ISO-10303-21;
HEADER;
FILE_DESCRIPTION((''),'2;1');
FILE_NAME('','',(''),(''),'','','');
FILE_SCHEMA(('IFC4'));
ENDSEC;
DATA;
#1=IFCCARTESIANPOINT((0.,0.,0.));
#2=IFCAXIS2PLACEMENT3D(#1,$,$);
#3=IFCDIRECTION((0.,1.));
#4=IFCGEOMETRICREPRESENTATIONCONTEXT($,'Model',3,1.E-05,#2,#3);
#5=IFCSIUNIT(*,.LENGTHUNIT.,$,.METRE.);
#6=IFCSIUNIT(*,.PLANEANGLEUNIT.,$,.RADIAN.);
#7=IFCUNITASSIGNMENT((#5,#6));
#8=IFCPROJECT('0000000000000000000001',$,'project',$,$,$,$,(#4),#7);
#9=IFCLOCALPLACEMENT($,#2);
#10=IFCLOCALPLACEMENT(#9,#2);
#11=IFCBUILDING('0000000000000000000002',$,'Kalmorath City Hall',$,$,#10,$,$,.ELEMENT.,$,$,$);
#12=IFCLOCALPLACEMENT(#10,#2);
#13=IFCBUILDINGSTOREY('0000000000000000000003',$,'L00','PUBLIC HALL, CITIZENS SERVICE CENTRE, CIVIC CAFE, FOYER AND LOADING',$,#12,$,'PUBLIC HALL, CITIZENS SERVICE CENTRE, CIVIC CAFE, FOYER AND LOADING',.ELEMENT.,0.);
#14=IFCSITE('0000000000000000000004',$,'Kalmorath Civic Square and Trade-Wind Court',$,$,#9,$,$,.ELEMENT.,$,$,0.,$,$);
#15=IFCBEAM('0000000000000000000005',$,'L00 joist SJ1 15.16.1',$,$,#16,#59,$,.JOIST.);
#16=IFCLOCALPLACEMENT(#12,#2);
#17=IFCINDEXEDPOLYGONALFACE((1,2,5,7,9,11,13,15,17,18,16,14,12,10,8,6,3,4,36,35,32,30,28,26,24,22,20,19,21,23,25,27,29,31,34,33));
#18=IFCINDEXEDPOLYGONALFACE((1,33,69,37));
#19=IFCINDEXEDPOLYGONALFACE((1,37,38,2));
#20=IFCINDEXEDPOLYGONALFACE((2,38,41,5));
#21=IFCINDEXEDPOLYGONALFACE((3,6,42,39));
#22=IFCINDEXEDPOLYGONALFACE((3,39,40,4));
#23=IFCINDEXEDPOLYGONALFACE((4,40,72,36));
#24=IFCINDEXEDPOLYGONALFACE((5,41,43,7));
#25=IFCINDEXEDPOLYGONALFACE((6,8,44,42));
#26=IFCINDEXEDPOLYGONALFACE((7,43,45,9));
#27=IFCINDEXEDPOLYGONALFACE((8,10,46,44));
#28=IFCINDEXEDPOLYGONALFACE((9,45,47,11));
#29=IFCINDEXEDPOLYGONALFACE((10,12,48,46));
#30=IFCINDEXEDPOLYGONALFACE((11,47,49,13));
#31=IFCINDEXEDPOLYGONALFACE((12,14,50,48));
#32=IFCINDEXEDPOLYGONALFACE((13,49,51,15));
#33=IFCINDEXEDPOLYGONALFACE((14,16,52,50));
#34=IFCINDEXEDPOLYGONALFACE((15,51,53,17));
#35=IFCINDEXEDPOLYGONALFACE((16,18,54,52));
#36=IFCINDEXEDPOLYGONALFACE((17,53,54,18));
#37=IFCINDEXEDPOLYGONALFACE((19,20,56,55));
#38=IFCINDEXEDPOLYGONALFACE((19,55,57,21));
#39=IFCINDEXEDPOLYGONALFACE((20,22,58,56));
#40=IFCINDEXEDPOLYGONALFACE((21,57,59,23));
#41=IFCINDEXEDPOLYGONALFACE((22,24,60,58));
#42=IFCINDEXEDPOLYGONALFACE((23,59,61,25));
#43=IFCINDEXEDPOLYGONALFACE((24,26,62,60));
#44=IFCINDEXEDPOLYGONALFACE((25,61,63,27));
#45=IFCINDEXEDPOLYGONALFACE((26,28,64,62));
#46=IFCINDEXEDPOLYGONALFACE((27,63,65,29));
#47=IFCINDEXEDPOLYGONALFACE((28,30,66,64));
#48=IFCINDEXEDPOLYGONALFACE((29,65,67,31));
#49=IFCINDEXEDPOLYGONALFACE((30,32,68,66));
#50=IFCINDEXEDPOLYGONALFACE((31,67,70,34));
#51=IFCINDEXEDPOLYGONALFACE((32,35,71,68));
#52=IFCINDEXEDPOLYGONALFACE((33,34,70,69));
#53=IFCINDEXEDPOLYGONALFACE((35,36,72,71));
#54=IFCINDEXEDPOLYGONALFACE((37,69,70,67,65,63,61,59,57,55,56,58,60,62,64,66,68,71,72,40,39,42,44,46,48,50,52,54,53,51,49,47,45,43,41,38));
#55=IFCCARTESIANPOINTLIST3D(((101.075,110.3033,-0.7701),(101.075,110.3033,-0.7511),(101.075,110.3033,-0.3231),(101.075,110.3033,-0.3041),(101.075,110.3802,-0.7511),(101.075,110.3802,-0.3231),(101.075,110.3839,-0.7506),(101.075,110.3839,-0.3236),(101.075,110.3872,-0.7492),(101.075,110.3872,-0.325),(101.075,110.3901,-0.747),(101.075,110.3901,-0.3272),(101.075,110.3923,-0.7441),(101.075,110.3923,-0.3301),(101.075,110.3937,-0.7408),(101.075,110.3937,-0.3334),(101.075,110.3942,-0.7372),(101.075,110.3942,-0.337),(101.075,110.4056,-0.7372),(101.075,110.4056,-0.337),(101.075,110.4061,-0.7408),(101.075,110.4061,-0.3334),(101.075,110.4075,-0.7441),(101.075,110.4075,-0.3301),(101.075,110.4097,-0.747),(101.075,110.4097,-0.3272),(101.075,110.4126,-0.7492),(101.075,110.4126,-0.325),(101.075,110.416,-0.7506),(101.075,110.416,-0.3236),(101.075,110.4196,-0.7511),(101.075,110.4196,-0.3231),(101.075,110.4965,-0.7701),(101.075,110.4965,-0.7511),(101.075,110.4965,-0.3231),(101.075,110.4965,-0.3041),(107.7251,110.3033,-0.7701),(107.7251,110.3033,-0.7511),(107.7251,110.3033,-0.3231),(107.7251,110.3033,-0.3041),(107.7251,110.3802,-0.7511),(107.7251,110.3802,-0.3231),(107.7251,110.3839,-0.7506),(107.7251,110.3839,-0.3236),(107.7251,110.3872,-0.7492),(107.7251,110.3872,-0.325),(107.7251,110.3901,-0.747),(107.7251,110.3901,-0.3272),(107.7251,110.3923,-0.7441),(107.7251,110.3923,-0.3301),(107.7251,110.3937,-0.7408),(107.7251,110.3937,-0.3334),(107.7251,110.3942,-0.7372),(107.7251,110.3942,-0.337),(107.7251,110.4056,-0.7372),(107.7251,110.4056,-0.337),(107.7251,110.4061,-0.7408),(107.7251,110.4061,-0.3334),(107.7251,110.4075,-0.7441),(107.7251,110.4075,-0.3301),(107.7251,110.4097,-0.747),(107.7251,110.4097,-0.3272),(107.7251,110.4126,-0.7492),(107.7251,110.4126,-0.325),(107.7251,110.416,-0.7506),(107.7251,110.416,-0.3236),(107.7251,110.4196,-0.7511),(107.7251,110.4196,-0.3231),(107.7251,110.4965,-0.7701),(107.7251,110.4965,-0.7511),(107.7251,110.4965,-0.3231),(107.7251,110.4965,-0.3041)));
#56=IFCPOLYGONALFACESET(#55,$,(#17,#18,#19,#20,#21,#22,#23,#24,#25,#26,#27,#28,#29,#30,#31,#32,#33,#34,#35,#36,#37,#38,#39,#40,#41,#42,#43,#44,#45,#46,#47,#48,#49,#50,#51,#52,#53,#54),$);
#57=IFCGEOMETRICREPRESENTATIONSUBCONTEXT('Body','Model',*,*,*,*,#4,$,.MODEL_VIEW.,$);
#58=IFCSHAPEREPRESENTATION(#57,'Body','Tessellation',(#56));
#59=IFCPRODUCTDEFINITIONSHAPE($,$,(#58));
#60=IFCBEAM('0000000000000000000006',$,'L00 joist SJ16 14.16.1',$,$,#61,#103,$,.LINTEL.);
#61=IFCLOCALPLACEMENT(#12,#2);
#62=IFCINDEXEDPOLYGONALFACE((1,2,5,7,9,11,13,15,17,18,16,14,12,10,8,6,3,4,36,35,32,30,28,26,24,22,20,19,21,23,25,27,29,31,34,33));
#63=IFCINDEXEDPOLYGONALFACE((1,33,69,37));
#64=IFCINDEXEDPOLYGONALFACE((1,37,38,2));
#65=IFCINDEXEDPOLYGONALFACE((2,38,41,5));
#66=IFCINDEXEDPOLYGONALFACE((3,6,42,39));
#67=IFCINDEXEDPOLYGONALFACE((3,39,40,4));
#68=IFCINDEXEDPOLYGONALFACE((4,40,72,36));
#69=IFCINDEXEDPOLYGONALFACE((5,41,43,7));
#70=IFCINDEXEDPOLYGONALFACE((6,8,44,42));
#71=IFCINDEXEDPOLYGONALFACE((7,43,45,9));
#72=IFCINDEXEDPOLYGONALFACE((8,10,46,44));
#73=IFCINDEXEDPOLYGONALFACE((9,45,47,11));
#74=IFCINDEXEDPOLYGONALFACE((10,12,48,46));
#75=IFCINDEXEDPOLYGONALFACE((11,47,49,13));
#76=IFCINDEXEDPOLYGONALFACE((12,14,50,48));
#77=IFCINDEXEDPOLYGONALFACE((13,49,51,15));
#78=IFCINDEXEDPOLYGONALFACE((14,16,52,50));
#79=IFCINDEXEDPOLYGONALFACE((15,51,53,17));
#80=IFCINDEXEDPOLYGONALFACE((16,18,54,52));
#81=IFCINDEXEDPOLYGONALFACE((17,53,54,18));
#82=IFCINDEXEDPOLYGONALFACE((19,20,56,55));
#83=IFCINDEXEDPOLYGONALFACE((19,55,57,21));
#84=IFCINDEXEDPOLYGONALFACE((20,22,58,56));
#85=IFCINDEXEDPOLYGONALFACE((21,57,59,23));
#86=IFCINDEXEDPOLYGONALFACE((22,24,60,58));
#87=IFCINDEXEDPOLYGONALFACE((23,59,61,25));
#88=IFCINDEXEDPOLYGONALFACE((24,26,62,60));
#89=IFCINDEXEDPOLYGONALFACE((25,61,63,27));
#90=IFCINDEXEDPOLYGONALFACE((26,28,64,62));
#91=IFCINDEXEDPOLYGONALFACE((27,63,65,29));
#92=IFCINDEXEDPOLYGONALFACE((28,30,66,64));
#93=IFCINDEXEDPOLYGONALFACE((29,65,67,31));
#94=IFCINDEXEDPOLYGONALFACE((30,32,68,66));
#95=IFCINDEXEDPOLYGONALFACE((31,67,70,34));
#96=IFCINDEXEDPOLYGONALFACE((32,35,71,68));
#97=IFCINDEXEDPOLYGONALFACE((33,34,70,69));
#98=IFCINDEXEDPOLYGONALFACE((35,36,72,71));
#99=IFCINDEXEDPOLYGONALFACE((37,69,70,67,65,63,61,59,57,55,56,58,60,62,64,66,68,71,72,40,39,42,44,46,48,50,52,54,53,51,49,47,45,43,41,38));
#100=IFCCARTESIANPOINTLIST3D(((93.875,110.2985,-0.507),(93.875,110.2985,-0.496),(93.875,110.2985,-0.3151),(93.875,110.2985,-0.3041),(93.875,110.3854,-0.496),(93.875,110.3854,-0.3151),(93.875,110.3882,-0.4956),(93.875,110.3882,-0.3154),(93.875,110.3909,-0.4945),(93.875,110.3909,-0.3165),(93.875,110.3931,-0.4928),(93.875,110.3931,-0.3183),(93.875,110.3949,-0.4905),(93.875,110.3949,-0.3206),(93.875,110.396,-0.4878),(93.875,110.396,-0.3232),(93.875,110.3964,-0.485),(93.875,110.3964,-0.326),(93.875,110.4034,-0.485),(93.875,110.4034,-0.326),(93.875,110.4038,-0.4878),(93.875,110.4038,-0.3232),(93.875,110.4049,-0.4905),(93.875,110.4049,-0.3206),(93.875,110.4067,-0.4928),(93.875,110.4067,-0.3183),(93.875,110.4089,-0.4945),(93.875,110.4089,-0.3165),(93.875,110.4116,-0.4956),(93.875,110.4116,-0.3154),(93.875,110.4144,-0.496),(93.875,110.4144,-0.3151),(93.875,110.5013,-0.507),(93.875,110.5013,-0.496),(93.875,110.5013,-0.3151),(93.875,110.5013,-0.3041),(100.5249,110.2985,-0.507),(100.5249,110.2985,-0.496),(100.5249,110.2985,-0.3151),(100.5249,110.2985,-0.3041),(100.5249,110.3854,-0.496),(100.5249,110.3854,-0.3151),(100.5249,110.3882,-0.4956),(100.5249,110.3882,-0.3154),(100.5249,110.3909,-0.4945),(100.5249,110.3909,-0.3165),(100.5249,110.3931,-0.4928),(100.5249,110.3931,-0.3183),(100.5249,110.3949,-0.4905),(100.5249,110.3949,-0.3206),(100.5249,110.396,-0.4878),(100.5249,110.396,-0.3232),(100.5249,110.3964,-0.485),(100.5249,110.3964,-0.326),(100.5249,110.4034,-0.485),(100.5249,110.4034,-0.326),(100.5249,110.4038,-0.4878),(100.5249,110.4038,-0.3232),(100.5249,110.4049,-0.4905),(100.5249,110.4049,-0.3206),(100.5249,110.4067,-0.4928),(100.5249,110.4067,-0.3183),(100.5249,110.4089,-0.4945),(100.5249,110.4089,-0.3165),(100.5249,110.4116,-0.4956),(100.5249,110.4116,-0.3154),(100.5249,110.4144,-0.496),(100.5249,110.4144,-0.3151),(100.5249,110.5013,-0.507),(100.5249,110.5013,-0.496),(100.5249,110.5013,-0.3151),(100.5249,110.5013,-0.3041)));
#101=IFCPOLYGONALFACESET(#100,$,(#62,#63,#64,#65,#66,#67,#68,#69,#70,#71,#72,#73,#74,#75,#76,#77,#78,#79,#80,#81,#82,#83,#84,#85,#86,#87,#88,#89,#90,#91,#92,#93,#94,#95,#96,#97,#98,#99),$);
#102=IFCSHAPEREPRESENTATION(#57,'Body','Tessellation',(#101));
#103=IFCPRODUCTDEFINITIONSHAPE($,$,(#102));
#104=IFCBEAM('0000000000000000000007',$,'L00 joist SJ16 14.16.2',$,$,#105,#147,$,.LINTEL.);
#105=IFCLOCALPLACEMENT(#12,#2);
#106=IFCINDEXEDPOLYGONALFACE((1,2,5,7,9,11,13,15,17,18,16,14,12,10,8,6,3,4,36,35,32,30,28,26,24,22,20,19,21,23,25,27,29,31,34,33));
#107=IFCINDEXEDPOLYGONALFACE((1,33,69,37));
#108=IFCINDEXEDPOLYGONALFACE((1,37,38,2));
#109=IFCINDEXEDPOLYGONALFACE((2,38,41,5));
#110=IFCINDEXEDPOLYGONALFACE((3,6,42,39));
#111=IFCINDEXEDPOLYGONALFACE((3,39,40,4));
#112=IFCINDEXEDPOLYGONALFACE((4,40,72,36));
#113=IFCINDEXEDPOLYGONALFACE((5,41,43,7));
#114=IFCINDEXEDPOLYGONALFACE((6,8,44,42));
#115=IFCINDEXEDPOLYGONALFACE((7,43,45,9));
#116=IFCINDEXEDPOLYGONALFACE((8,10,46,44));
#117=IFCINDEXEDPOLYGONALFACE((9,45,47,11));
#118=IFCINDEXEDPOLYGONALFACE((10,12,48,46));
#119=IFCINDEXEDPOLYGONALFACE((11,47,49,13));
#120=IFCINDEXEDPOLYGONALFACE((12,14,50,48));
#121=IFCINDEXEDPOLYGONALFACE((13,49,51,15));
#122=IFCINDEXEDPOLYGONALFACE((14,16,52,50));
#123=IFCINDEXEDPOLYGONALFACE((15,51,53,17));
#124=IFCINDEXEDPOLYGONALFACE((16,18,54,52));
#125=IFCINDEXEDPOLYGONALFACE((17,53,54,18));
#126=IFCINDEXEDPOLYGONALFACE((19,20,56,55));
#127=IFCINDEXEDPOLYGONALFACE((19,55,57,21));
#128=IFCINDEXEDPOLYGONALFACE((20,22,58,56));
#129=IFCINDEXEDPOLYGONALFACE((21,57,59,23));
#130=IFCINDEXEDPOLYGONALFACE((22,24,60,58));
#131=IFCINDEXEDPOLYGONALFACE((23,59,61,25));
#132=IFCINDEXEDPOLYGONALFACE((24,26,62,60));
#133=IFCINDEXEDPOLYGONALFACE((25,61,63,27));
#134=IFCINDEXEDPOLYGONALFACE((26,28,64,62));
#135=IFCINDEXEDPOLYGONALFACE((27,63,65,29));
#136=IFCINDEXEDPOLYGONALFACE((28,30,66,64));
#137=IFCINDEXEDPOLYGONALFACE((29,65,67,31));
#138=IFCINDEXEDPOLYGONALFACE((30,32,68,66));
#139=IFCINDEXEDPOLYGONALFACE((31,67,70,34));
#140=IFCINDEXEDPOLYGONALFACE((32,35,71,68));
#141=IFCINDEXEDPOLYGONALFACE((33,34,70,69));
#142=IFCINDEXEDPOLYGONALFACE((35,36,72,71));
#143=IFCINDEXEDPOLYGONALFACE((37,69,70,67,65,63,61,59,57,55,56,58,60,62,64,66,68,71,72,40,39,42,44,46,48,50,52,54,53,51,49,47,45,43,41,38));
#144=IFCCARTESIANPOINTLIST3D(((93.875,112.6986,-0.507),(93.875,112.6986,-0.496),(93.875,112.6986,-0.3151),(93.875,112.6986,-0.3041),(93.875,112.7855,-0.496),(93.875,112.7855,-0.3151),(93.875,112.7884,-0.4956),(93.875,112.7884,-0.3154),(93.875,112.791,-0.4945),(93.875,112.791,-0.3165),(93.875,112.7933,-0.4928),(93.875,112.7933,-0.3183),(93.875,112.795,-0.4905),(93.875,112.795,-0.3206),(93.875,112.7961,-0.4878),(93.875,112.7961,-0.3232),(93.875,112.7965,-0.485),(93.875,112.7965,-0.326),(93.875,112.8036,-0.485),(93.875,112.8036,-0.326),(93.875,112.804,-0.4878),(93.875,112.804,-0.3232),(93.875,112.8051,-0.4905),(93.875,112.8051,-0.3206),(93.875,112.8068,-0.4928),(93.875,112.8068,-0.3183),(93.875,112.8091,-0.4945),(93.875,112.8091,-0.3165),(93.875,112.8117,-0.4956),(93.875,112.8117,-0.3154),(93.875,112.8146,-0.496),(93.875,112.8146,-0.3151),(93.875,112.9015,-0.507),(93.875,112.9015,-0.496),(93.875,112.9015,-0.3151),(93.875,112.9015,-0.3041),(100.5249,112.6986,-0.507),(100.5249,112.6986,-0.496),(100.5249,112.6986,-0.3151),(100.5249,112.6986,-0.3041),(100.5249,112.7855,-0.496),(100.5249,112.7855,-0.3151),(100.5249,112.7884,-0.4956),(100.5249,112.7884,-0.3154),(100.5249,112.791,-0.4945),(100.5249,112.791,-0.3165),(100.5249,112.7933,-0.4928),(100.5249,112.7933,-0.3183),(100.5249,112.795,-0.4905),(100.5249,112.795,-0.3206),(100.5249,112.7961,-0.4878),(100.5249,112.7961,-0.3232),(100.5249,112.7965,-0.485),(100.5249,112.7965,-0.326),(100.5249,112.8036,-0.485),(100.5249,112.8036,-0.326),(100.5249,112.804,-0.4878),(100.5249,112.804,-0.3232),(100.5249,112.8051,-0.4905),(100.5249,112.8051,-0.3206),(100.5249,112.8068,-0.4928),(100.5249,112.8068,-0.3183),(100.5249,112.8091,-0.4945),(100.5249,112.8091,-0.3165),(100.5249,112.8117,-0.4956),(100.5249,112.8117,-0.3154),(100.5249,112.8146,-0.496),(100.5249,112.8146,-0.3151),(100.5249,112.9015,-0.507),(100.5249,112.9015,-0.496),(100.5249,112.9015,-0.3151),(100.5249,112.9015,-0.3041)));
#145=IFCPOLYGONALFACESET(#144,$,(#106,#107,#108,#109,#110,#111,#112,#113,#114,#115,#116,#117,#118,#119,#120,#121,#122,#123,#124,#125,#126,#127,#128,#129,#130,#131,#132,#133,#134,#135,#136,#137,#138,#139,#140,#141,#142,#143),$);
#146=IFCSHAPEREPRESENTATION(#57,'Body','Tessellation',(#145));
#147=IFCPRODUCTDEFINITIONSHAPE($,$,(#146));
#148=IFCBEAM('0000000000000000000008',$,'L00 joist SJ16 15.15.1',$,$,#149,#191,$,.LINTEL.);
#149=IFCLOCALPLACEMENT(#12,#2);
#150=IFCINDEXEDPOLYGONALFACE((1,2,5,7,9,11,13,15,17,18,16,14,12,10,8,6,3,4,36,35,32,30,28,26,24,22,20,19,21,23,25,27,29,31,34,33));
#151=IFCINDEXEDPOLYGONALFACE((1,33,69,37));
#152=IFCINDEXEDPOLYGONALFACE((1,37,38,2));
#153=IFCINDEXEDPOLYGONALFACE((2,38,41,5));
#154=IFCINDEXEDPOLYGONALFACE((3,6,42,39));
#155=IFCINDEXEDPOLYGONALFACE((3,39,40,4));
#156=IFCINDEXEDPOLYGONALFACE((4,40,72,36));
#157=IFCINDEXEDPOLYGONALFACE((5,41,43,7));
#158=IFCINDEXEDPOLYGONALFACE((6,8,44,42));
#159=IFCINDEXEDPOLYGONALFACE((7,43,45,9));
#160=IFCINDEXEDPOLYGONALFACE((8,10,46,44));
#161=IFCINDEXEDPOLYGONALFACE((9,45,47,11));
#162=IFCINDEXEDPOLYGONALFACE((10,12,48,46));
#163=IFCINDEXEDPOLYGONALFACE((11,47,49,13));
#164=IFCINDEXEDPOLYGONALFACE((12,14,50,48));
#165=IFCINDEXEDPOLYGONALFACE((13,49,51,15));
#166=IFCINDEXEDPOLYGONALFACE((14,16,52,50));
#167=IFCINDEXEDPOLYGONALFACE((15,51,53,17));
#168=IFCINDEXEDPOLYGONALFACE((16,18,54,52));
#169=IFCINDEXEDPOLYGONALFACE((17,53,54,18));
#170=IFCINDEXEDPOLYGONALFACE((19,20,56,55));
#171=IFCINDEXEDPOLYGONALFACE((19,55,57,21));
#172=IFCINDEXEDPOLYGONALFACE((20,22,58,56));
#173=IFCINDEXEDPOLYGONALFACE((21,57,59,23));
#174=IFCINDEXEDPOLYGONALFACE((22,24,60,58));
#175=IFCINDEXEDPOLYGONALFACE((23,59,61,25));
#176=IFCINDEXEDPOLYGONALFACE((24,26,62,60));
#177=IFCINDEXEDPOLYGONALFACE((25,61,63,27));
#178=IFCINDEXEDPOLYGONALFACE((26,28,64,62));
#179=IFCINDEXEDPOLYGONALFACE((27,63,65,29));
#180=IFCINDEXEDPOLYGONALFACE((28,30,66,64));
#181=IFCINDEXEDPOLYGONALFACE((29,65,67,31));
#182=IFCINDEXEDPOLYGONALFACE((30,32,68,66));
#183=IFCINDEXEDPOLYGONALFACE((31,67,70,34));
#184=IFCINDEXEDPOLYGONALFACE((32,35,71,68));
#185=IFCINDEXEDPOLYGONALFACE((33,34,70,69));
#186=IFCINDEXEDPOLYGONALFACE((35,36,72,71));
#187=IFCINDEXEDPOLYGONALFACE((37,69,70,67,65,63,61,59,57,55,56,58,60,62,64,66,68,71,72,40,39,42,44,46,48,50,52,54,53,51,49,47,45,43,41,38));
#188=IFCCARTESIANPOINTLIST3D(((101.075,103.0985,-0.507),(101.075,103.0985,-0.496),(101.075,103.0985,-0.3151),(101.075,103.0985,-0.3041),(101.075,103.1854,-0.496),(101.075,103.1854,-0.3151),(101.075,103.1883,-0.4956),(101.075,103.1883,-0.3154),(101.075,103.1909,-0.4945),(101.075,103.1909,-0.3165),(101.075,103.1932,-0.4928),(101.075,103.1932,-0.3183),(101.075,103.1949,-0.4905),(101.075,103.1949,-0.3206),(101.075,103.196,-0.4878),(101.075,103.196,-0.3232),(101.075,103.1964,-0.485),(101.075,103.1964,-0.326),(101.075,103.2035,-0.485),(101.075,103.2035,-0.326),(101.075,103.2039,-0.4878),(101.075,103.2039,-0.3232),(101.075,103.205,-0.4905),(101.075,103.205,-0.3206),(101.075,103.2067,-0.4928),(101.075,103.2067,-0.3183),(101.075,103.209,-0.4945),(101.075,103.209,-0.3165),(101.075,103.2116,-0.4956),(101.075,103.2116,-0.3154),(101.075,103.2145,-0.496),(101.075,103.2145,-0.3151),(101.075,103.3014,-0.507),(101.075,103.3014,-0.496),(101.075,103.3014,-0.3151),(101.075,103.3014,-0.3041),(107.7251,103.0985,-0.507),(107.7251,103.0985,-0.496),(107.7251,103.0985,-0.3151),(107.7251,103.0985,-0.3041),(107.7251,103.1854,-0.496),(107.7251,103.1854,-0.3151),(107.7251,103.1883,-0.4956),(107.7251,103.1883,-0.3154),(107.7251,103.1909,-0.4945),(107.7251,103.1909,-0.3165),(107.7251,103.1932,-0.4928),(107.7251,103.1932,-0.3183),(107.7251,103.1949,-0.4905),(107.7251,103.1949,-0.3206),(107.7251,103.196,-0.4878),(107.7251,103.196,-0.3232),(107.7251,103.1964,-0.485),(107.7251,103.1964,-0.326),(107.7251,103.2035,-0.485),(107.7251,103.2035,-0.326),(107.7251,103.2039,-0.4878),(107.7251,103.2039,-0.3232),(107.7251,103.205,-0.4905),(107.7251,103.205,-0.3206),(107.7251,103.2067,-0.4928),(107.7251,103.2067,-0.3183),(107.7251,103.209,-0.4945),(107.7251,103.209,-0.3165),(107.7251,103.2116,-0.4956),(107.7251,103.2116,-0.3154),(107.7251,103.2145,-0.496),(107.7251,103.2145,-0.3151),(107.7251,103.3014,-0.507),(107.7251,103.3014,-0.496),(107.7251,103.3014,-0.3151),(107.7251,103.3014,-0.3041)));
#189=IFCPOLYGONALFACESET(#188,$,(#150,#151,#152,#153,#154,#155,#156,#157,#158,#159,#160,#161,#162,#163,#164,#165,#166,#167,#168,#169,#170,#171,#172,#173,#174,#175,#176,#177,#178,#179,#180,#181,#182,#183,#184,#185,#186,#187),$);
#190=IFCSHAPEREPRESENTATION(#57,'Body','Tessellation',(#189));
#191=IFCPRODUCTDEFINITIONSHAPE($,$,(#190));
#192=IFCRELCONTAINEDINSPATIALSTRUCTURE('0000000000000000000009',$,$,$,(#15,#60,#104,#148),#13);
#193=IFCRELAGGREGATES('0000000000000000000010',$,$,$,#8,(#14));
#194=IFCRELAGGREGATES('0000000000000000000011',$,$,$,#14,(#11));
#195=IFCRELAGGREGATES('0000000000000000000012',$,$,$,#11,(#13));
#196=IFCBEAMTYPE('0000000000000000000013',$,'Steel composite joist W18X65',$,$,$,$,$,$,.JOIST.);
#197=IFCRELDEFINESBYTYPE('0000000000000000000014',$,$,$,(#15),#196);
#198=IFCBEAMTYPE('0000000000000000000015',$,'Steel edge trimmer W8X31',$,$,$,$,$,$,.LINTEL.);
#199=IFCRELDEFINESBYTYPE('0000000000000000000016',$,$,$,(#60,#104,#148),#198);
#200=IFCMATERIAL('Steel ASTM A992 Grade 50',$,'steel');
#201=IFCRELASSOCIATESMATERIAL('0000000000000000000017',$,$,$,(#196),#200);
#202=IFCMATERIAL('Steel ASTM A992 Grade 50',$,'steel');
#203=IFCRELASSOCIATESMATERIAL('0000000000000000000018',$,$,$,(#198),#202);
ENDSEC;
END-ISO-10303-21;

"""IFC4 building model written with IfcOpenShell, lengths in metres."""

from ifc_helpers import new_model, si_unit, direction, frame, origin, origin_2d, place, context, subcontext, project, spatial, i_section, extrude, material, material_profile, profile_set, type_object, element, save


model = new_model("IFC4")

# Units and contexts
model_context = context("Model", 3, precision=1e-05, world=origin(), true_north=direction((0.0, 1.0)))
body_context = subcontext(model_context, "Body", "Model", "MODEL_VIEW")
ifc_project = project(units=[si_unit("LENGTHUNIT", "METRE"), si_unit("PLANEANGLEUNIT", "RADIAN")], contexts=[model_context])

# Site, building, storey
site_placement = place(None, origin())
site = spatial("IfcSite", under=ifc_project, at=site_placement, Name="Kalmorath Civic Square and Trade-Wind Court", CompositionType="ELEMENT", RefElevation=0.0)
building_placement = place(site_placement, origin())
building = spatial("IfcBuilding", under=site, at=building_placement, Name="Kalmorath City Hall", CompositionType="ELEMENT")
storey_placement = place(building_placement, origin())
storey = spatial("IfcBuildingStorey", under=building, at=storey_placement, Name="L00", Description="PUBLIC HALL, CITIZENS SERVICE CENTRE, CIVIC CAFE, FOYER AND LOADING", LongName="PUBLIC HALL, CITIZENS SERVICE CENTRE, CIVIC CAFE, FOYER AND LOADING", CompositionType="ELEMENT", Elevation=0.0)

# Beams
ifc_material_1 = material(Name="Steel ASTM A992 Grade 50", Category="steel")
ifc_material_profile_1 = material_profile(ifc_material_1, i_section(OverallWidth=0.1931, OverallDepth=0.4661, WebThickness=0.0115, FlangeThickness=0.019, FilletRadius=0.0139, at=origin_2d()), Name="W18X65")
ifc_profile_set_1 = profile_set([ifc_material_profile_1], Name="Steel ASTM A992 Grade 50")
beam_type_1 = type_object("IfcBeamType", Name="Steel composite joist W18X65", PredefinedType="JOIST", material=ifc_profile_set_1)
beam_1_placement = place(storey_placement, frame((101.075, 110.3999, -0.5371), z_axis=(1.0, 0.0, 0.0), x_axis=(0.0, 1.0, 0.0)))
element("IfcBeam", 1, at=beam_1_placement, inside=storey, type_object=beam_type_1, Name="L00 joist SJ1 15.16.1", PredefinedType="JOIST", context=body_context, shape_type="SweptSolid", body=[
    extrude(i_section(OverallWidth=0.1931, OverallDepth=0.4661, WebThickness=0.0115, FlangeThickness=0.019, FilletRadius=0.0139, at=origin_2d()), origin(), (0.0, 0.0, 1.0), 6.6501),
])
ifc_material_2 = material(Name="Steel ASTM A992 Grade 50", Category="steel")
ifc_material_profile_2 = material_profile(ifc_material_2, i_section(OverallWidth=0.2029, OverallDepth=0.2029, WebThickness=0.0071, FlangeThickness=0.011, FilletRadius=0.011, at=origin_2d()), Name="W8X31")
ifc_profile_set_2 = profile_set([ifc_material_profile_2], Name="Steel ASTM A992 Grade 50")
beam_type_2 = type_object("IfcBeamType", Name="Steel edge trimmer W8X31", PredefinedType="LINTEL", material=ifc_profile_set_2)
for number, where, z_axis, x_axis, name in (
    (2, (93.875, 110.3999, -0.4055), (1.0, 0.0, 0.0), (0.0, 1.0, 0.0), "L00 joist SJ16 14.16.1"),
    (3, (93.875, 112.8, -0.4055), (1.0, 0.0, 0.0), (0.0, 1.0, 0.0), "L00 joist SJ16 14.16.2"),
):
    element("IfcBeam", number, at=place(storey_placement, frame(where, z_axis=z_axis, x_axis=x_axis)), inside=storey, type_object=beam_type_2, Name=name, PredefinedType="LINTEL", context=body_context, shape_type="SweptSolid", body=[
        extrude(i_section(OverallWidth=0.2029, OverallDepth=0.2029, WebThickness=0.0071, FlangeThickness=0.011, FilletRadius=0.011, at=origin_2d()), origin(), (0.0, 0.0, 1.0), 6.6499),
    ])
for number, where, z_axis, x_axis, name in (
    (4, (101.075, 103.2, -0.4055), (1.0, 0.0, 0.0), (0.0, 1.0, 0.0), "L00 joist SJ16 15.15.1"),
):
    element("IfcBeam", number, at=place(storey_placement, frame(where, z_axis=z_axis, x_axis=x_axis)), inside=storey, type_object=beam_type_2, Name=name, PredefinedType="LINTEL", context=body_context, shape_type="SweptSolid", body=[
        extrude(i_section(OverallWidth=0.2029, OverallDepth=0.2029, WebThickness=0.0071, FlangeThickness=0.011, FilletRadius=0.011, at=origin_2d()), origin(), (0.0, 0.0, 1.0), 6.6501),
    ])

save(model, "model.ifc")
